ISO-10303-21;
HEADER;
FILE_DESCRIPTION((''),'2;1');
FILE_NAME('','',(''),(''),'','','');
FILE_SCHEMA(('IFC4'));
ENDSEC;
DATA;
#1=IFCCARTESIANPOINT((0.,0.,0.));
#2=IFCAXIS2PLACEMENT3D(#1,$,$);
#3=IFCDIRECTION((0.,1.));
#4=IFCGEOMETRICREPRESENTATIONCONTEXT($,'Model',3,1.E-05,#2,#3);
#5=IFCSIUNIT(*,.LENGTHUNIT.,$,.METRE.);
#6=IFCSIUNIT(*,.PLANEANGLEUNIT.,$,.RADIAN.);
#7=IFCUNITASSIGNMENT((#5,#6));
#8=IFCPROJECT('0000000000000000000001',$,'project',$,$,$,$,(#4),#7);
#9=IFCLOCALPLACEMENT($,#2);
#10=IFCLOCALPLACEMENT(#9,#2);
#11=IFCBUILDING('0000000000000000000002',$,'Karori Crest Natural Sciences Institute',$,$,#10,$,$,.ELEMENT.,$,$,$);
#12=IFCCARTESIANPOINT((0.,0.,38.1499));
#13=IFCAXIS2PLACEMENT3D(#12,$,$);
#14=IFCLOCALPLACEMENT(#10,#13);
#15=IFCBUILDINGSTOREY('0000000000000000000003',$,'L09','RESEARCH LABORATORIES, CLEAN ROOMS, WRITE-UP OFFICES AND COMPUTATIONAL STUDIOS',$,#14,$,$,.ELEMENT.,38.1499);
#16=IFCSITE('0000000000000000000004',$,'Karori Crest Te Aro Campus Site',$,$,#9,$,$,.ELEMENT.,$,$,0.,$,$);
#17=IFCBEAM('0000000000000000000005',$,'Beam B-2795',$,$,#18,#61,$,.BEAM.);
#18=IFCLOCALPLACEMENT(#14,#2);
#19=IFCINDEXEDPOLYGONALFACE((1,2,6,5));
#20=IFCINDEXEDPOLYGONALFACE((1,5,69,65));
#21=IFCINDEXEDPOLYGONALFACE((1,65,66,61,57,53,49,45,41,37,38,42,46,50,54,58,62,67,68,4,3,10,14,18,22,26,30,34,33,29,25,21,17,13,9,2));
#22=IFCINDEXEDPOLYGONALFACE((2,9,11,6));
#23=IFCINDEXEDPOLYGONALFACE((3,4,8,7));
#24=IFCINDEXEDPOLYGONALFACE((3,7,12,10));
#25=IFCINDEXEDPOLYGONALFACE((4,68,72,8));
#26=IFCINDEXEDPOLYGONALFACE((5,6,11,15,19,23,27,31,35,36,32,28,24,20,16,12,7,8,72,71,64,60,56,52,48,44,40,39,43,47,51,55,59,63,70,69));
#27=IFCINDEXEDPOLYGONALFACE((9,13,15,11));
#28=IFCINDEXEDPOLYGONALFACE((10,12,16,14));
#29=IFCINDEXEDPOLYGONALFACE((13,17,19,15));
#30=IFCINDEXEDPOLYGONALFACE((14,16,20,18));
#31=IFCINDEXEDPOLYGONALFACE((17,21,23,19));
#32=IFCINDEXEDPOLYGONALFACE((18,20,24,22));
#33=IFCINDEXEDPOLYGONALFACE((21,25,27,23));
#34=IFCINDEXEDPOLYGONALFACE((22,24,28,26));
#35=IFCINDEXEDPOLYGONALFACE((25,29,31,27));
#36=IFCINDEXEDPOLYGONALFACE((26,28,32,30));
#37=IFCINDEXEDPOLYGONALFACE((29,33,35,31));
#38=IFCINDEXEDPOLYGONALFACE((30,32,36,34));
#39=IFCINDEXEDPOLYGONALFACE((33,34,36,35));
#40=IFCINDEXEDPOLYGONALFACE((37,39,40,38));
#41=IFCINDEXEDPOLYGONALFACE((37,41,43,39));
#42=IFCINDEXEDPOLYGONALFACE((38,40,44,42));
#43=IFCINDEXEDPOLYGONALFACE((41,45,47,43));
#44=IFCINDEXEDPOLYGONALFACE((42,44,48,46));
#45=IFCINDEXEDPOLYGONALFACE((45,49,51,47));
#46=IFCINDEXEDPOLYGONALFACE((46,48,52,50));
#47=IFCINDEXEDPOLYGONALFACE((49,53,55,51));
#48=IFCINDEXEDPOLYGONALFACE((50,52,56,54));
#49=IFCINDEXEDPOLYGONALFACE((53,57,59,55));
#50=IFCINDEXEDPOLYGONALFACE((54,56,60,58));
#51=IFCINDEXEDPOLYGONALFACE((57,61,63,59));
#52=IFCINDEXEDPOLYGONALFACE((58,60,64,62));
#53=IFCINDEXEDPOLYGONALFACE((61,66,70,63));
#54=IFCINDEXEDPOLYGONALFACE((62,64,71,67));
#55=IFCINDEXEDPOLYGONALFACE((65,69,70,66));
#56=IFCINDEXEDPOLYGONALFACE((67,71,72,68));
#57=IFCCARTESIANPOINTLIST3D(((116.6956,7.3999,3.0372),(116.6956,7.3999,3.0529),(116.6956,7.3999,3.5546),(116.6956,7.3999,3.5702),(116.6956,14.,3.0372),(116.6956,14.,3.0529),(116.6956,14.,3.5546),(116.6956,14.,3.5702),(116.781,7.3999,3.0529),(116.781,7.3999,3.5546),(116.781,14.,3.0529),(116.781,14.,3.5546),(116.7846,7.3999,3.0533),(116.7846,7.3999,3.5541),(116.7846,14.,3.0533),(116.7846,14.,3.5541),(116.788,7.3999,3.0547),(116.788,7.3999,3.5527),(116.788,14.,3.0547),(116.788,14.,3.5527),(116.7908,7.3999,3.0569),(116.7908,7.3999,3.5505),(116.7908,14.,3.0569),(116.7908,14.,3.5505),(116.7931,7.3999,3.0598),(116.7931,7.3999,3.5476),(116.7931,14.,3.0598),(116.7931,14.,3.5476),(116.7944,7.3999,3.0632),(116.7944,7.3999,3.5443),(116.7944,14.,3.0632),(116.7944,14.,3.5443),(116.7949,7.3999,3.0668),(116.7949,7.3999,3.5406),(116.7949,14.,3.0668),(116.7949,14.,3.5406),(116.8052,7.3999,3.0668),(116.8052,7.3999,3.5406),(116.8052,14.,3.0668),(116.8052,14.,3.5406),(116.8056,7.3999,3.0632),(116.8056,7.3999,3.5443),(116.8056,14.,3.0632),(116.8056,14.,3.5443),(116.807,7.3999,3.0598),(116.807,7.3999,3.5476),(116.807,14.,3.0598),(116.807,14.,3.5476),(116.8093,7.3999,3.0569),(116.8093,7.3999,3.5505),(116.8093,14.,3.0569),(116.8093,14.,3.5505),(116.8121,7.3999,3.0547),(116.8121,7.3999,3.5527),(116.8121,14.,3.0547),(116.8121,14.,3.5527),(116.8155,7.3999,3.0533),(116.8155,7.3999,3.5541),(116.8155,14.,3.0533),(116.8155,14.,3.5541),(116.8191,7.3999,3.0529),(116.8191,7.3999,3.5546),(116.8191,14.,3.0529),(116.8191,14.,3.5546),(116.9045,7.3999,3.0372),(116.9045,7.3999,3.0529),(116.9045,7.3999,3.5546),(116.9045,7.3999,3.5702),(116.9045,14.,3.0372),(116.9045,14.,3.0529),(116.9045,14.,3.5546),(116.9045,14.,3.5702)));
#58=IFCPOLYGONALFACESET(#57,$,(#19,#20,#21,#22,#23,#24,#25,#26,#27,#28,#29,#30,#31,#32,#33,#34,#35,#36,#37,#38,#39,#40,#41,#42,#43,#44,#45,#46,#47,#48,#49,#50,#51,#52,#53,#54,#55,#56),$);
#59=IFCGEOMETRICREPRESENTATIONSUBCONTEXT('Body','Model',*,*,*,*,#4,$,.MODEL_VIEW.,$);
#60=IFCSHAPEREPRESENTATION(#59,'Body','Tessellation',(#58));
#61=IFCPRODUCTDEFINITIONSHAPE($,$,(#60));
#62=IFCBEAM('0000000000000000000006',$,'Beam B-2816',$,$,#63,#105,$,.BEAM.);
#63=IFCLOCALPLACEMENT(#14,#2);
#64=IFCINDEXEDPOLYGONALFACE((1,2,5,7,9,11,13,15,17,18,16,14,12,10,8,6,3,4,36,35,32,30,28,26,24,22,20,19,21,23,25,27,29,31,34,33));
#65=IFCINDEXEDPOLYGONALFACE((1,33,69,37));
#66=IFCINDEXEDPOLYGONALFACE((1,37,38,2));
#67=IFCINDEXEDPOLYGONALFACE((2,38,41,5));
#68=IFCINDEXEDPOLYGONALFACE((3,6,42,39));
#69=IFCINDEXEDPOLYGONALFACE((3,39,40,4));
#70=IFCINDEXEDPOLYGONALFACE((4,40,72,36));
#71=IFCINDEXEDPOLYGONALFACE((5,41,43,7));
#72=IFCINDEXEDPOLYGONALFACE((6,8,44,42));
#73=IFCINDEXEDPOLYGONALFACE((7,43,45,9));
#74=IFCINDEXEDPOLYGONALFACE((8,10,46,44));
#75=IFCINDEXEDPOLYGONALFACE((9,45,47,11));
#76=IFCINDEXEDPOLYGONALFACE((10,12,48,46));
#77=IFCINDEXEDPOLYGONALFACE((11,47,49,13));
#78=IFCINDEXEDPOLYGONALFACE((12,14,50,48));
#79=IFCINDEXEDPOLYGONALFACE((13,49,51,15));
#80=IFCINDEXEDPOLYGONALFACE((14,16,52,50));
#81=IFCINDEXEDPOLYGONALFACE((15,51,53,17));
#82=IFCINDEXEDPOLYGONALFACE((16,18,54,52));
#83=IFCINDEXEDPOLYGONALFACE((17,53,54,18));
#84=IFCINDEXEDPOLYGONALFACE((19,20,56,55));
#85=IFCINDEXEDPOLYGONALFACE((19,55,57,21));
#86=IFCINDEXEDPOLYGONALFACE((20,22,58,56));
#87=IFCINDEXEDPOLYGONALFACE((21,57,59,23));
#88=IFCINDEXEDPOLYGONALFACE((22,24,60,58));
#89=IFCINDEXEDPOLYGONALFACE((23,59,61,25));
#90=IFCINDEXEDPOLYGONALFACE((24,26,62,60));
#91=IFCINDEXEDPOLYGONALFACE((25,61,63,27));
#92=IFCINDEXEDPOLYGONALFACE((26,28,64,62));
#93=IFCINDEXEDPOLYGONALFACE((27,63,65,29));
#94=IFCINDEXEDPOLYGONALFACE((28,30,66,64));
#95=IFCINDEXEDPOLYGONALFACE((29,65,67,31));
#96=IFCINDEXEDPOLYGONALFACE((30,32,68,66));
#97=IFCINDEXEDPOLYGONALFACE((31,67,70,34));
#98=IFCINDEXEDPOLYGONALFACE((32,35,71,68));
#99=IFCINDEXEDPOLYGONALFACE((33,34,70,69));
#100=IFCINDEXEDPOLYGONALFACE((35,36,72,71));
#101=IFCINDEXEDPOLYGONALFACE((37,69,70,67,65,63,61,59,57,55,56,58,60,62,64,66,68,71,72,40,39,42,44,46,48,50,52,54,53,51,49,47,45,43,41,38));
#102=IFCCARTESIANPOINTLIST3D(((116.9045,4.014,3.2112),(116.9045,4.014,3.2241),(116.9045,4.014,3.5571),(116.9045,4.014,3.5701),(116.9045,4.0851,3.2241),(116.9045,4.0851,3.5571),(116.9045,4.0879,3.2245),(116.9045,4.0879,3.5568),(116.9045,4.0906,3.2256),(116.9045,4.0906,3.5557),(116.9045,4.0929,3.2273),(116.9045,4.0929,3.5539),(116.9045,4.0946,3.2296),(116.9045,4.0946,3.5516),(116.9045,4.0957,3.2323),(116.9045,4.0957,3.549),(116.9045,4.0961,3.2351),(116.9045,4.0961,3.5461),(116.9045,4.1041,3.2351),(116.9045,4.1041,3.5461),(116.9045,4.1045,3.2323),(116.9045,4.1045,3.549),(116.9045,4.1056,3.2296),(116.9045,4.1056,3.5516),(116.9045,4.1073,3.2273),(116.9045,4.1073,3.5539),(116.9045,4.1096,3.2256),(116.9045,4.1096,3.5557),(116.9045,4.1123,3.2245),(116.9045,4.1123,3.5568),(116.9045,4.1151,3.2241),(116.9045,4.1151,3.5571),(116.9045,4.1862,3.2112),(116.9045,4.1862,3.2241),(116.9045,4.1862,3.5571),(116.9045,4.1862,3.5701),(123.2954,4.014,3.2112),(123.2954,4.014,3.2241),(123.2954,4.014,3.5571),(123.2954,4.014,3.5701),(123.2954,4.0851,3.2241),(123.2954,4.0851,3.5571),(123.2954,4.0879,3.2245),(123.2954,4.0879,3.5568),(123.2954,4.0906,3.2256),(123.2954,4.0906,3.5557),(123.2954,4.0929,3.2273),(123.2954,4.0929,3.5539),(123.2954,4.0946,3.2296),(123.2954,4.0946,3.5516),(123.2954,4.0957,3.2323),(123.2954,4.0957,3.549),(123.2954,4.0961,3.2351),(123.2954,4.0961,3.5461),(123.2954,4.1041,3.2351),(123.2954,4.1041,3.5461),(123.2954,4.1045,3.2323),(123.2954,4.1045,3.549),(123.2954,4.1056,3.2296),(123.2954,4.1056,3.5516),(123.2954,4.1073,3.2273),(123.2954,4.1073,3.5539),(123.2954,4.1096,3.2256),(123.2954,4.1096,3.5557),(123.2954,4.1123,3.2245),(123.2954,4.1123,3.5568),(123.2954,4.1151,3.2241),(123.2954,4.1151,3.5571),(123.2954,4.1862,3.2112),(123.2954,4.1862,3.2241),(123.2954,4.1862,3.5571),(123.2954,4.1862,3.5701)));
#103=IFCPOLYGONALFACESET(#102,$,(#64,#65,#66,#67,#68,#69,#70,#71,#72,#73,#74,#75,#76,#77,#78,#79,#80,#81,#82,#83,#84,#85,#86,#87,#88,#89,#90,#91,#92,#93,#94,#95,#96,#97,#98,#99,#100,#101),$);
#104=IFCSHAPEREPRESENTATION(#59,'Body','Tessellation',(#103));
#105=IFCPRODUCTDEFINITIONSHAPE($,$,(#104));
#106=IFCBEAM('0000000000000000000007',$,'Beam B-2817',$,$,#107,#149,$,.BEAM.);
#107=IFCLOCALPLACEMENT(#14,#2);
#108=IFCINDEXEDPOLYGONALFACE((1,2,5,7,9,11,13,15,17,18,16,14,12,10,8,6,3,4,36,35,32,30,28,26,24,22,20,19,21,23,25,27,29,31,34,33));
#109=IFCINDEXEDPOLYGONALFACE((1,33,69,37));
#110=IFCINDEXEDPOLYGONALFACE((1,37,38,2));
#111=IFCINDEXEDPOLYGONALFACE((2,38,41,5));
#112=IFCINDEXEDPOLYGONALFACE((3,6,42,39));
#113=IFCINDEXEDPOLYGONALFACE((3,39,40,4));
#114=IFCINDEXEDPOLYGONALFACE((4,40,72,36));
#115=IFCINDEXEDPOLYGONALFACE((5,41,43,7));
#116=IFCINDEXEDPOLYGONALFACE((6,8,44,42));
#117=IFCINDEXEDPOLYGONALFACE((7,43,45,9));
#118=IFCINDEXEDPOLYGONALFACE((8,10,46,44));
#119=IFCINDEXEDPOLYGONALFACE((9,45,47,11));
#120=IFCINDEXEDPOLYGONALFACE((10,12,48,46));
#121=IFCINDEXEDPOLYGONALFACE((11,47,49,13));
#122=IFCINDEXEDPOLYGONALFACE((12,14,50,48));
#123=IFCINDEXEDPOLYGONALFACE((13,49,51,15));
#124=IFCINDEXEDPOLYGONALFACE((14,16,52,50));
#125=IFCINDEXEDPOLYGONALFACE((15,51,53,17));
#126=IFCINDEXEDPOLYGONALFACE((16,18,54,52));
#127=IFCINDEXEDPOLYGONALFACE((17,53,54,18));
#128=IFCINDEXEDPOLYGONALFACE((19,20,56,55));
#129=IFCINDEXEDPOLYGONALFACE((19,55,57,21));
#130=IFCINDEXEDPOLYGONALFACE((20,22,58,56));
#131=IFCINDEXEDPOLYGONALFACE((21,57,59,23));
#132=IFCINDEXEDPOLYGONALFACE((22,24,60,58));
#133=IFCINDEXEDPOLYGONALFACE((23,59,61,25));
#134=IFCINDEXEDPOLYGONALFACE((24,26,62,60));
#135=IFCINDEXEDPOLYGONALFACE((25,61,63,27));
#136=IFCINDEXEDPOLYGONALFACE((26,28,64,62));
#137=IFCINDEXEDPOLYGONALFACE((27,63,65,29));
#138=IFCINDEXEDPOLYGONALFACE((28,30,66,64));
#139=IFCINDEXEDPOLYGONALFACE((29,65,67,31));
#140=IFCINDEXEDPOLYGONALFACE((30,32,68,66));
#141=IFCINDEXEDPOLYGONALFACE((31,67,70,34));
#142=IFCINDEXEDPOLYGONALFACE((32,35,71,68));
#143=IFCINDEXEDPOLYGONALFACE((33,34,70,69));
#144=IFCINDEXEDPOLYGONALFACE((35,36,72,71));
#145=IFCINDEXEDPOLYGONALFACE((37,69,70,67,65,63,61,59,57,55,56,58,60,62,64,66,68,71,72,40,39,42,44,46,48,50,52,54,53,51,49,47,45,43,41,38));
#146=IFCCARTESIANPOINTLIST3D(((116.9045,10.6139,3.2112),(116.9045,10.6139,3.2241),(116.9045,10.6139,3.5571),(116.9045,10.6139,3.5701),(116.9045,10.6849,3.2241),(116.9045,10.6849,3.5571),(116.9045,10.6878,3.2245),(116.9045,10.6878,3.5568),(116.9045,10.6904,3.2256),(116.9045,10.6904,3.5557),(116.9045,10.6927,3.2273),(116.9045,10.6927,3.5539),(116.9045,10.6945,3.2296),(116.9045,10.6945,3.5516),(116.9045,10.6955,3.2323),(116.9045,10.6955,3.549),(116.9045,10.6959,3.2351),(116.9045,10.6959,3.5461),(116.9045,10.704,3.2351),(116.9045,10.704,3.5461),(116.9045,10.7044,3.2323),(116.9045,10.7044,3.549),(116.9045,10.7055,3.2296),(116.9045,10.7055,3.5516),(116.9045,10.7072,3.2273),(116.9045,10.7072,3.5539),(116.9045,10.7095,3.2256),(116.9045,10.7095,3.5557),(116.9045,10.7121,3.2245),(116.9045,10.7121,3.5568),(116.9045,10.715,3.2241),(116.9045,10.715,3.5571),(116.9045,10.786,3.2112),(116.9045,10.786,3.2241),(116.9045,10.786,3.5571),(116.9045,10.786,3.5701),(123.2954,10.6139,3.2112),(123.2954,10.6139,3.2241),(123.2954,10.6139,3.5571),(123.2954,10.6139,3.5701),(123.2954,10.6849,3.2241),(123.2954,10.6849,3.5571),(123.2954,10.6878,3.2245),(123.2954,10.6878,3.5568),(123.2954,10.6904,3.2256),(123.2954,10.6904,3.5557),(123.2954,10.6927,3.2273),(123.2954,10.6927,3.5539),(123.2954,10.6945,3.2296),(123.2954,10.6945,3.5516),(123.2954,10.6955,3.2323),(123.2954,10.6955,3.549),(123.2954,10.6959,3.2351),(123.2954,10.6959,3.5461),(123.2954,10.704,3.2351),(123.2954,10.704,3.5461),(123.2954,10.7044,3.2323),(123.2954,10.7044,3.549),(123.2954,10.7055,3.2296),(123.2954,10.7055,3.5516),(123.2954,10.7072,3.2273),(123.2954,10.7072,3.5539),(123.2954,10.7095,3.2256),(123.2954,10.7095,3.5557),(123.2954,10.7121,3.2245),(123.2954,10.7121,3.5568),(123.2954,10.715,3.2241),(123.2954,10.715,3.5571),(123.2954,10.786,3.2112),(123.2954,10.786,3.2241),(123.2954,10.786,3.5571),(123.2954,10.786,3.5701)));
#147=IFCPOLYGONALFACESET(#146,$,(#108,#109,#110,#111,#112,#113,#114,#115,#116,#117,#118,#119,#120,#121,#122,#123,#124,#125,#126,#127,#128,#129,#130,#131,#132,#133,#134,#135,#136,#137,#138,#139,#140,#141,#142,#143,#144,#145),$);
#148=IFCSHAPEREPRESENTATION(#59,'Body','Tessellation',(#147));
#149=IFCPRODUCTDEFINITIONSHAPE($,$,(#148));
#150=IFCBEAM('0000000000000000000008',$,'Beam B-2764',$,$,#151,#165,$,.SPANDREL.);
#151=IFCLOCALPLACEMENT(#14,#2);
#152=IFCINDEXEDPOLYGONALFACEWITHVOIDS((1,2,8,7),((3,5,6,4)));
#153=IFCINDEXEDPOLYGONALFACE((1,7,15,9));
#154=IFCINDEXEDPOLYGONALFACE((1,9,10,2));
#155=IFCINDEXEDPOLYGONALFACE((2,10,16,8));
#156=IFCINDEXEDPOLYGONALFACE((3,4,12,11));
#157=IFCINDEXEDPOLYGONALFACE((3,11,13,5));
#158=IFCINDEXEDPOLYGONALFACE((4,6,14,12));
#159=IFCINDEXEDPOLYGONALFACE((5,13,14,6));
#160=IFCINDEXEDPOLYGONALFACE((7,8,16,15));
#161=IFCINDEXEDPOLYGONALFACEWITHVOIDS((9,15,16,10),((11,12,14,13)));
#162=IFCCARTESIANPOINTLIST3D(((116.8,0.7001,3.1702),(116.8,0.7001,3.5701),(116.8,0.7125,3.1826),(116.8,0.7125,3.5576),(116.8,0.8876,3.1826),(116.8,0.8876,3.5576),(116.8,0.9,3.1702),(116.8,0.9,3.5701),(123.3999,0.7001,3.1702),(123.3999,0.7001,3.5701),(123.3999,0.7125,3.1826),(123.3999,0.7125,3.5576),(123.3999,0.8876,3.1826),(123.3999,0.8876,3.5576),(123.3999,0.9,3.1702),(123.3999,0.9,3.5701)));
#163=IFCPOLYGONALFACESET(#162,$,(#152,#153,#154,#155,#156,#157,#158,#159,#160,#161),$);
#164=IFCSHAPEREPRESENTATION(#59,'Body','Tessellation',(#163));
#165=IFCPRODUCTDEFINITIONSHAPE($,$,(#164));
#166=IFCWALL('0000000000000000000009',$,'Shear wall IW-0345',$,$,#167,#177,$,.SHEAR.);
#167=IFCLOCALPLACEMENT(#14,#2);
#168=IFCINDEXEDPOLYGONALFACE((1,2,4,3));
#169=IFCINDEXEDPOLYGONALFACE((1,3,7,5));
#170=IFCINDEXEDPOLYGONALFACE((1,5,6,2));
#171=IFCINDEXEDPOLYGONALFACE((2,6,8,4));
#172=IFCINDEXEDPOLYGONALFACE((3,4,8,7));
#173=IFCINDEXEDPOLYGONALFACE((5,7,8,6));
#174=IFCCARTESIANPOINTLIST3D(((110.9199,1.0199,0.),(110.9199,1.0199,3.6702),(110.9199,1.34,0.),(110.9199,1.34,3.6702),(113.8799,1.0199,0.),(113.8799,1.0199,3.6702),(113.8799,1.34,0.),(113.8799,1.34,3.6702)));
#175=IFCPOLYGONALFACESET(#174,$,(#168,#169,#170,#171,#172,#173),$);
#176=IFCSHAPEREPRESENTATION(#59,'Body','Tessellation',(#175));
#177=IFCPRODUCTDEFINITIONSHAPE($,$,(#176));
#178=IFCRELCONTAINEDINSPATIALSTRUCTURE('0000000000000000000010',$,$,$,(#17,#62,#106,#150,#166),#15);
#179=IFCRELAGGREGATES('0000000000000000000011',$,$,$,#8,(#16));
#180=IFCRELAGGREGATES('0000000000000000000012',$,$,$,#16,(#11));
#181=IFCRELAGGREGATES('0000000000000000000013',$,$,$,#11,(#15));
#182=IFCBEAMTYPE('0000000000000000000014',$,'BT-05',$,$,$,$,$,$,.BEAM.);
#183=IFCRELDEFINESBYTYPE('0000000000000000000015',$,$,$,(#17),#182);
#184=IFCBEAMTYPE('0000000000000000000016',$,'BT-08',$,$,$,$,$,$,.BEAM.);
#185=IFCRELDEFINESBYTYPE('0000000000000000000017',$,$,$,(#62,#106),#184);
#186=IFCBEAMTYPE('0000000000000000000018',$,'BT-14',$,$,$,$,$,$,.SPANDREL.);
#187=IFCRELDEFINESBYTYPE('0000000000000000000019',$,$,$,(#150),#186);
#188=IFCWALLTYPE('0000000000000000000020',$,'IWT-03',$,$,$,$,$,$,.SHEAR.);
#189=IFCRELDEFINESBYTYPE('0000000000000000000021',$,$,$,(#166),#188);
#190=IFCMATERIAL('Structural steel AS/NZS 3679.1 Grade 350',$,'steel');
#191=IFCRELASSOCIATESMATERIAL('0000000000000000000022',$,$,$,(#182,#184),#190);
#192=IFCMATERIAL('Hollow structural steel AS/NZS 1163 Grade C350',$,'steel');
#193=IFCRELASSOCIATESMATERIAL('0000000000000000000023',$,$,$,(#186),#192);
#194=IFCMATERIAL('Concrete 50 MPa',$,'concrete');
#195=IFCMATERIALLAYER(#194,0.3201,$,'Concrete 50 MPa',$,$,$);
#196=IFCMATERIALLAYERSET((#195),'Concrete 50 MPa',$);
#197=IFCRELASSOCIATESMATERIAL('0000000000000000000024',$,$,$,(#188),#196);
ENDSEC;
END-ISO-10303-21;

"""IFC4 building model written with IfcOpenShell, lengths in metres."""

from ifc_helpers import new_model, si_unit, direction, frame, frame_2d, origin, origin_2d, place, context, subcontext, project, spatial, rectangle, hollow_rectangle, i_section, extrude, material, layer, layer_set, material_profile, profile_set, type_object, element, save


model = new_model("IFC4")

# Units and contexts
model_context = context("Model", 3, precision=1e-05, world=origin(), true_north=direction((0.0, 1.0)))
body_context = subcontext(model_context, "Body", "Model", "MODEL_VIEW")
ifc_project = project(units=[si_unit("LENGTHUNIT", "METRE"), si_unit("PLANEANGLEUNIT", "RADIAN")], contexts=[model_context])

# Site, building, storey
site_placement = place(None, origin())
site = spatial("IfcSite", under=ifc_project, at=site_placement, Name="Karori Crest Te Aro Campus Site", CompositionType="ELEMENT", RefElevation=0.0)
building_placement = place(site_placement, origin())
building = spatial("IfcBuilding", under=site, at=building_placement, Name="Karori Crest Natural Sciences Institute", CompositionType="ELEMENT")
storey_placement = place(building_placement, frame((0.0, 0.0, 38.1499)))
storey = spatial("IfcBuildingStorey", under=building, at=storey_placement, Name="L09", Description="RESEARCH LABORATORIES, CLEAN ROOMS, WRITE-UP OFFICES AND COMPUTATIONAL STUDIOS", CompositionType="ELEMENT", Elevation=38.1499)

# Shared definitions
ifc_material_1 = material(Name="Structural steel AS/NZS 3679.1 Grade 350", Category="steel")
ifc_material_2 = material(Name="Concrete 50 MPa", Category="concrete")

# Beams
ifc_material_profile_1 = material_profile(ifc_material_1, i_section(OverallWidth=0.209, OverallDepth=0.533, WebThickness=0.0103, FlangeThickness=0.0156, FilletRadius=0.0139, at=origin_2d()), Name="530UB92.4")
ifc_profile_set_1 = profile_set([ifc_material_profile_1], Name="Structural steel AS/NZS 3679.1 Grade 350")
beam_type_1 = type_object("IfcBeamType", Name="BT-05", PredefinedType="BEAM", material=ifc_profile_set_1)
beam_1_placement = place(storey_placement, frame((116.8, 7.3999, 3.3037), z_axis=(0.0, 1.0, 0.0), x_axis=(-1.0, 0.0, 0.0)))
element("IfcBeam", 1, at=beam_1_placement, inside=storey, type_object=beam_type_1, Name="Beam B-2795", PredefinedType="BEAM", context=body_context, shape_type="SweptSolid", body=[
    extrude(i_section(OverallWidth=0.209, OverallDepth=0.533, WebThickness=0.0103, FlangeThickness=0.0156, FilletRadius=0.0139, at=origin_2d()), origin(), (0.0, 0.0, 1.0), 6.6001),
])
ifc_material_profile_2 = material_profile(ifc_material_1, i_section(OverallWidth=0.1721, OverallDepth=0.3589, WebThickness=0.0081, FlangeThickness=0.0129, FilletRadius=0.011, at=origin_2d()), Name="360UB56.7")
ifc_profile_set_2 = profile_set([ifc_material_profile_2], Name="Structural steel AS/NZS 3679.1 Grade 350")
beam_type_2 = type_object("IfcBeamType", Name="BT-08", PredefinedType="BEAM", material=ifc_profile_set_2)
for number, where, z_axis, x_axis, name in (
    (2, (116.9045, 4.1001, 3.3906), (1.0, 0.0, 0.0), (0.0, 1.0, 0.0), "Beam B-2816"),
    (3, (116.9045, 10.7, 3.3906), (1.0, 0.0, 0.0), (0.0, 1.0, 0.0), "Beam B-2817"),
):
    element("IfcBeam", number, at=place(storey_placement, frame(where, z_axis=z_axis, x_axis=x_axis)), inside=storey, type_object=beam_type_2, Name=name, PredefinedType="BEAM", context=body_context, shape_type="SweptSolid", body=[
        extrude(i_section(OverallWidth=0.1721, OverallDepth=0.3589, WebThickness=0.0081, FlangeThickness=0.0129, FilletRadius=0.011, at=origin_2d()), origin(), (0.0, 0.0, 1.0), 6.3909),
    ])
ifc_material_3 = material(Name="Hollow structural steel AS/NZS 1163 Grade C350", Category="steel")
ifc_material_profile_3 = material_profile(ifc_material_3, hollow_rectangle(XDim=0.2, YDim=0.3999, WallThickness=0.0125, at=origin_2d()), Name="RHS400x200x12.5")
ifc_profile_set_3 = profile_set([ifc_material_profile_3], Name="Hollow structural steel AS/NZS 1163 Grade C350")
beam_type_3 = type_object("IfcBeamType", Name="BT-14", PredefinedType="SPANDREL", material=ifc_profile_set_3)
beam_2_placement = place(storey_placement, frame((116.8, 0.8, 3.3701), z_axis=(1.0, 0.0, 0.0), x_axis=(0.0, 1.0, 0.0)))
element("IfcBeam", 4, at=beam_2_placement, inside=storey, type_object=beam_type_3, Name="Beam B-2764", PredefinedType="SPANDREL", context=body_context, shape_type="SweptSolid", body=[
    extrude(hollow_rectangle(XDim=0.2, YDim=0.3999, WallThickness=0.0125, at=origin_2d()), origin(), (0.0, 0.0, 1.0), 6.5999),
])

# Wall
ifc_layer_1 = layer(ifc_material_2, 0.3201, Name="Concrete 50 MPa")
ifc_layer_set_1 = layer_set([ifc_layer_1], Name="Concrete 50 MPa")
wall_type_1 = type_object("IfcWallType", Name="IWT-03", PredefinedType="SHEAR", material=ifc_layer_set_1)
wall_1_placement = place(storey_placement, frame((110.9199, 1.1799, 0.0), z_axis=(0.0, 0.0, 1.0), x_axis=(1.0, 0.0, 0.0)))
element("IfcWall", 5, at=wall_1_placement, inside=storey, type_object=wall_type_1, Name="Shear wall IW-0345", PredefinedType="SHEAR", context=body_context, shape_type="SweptSolid", body=[
    extrude(rectangle(XDim=2.96, YDim=0.3201, at=frame_2d((1.48, 0.0))), origin(), (0.0, 0.0, 1.0), 3.6702),
])

save(model, "model.ifc")
